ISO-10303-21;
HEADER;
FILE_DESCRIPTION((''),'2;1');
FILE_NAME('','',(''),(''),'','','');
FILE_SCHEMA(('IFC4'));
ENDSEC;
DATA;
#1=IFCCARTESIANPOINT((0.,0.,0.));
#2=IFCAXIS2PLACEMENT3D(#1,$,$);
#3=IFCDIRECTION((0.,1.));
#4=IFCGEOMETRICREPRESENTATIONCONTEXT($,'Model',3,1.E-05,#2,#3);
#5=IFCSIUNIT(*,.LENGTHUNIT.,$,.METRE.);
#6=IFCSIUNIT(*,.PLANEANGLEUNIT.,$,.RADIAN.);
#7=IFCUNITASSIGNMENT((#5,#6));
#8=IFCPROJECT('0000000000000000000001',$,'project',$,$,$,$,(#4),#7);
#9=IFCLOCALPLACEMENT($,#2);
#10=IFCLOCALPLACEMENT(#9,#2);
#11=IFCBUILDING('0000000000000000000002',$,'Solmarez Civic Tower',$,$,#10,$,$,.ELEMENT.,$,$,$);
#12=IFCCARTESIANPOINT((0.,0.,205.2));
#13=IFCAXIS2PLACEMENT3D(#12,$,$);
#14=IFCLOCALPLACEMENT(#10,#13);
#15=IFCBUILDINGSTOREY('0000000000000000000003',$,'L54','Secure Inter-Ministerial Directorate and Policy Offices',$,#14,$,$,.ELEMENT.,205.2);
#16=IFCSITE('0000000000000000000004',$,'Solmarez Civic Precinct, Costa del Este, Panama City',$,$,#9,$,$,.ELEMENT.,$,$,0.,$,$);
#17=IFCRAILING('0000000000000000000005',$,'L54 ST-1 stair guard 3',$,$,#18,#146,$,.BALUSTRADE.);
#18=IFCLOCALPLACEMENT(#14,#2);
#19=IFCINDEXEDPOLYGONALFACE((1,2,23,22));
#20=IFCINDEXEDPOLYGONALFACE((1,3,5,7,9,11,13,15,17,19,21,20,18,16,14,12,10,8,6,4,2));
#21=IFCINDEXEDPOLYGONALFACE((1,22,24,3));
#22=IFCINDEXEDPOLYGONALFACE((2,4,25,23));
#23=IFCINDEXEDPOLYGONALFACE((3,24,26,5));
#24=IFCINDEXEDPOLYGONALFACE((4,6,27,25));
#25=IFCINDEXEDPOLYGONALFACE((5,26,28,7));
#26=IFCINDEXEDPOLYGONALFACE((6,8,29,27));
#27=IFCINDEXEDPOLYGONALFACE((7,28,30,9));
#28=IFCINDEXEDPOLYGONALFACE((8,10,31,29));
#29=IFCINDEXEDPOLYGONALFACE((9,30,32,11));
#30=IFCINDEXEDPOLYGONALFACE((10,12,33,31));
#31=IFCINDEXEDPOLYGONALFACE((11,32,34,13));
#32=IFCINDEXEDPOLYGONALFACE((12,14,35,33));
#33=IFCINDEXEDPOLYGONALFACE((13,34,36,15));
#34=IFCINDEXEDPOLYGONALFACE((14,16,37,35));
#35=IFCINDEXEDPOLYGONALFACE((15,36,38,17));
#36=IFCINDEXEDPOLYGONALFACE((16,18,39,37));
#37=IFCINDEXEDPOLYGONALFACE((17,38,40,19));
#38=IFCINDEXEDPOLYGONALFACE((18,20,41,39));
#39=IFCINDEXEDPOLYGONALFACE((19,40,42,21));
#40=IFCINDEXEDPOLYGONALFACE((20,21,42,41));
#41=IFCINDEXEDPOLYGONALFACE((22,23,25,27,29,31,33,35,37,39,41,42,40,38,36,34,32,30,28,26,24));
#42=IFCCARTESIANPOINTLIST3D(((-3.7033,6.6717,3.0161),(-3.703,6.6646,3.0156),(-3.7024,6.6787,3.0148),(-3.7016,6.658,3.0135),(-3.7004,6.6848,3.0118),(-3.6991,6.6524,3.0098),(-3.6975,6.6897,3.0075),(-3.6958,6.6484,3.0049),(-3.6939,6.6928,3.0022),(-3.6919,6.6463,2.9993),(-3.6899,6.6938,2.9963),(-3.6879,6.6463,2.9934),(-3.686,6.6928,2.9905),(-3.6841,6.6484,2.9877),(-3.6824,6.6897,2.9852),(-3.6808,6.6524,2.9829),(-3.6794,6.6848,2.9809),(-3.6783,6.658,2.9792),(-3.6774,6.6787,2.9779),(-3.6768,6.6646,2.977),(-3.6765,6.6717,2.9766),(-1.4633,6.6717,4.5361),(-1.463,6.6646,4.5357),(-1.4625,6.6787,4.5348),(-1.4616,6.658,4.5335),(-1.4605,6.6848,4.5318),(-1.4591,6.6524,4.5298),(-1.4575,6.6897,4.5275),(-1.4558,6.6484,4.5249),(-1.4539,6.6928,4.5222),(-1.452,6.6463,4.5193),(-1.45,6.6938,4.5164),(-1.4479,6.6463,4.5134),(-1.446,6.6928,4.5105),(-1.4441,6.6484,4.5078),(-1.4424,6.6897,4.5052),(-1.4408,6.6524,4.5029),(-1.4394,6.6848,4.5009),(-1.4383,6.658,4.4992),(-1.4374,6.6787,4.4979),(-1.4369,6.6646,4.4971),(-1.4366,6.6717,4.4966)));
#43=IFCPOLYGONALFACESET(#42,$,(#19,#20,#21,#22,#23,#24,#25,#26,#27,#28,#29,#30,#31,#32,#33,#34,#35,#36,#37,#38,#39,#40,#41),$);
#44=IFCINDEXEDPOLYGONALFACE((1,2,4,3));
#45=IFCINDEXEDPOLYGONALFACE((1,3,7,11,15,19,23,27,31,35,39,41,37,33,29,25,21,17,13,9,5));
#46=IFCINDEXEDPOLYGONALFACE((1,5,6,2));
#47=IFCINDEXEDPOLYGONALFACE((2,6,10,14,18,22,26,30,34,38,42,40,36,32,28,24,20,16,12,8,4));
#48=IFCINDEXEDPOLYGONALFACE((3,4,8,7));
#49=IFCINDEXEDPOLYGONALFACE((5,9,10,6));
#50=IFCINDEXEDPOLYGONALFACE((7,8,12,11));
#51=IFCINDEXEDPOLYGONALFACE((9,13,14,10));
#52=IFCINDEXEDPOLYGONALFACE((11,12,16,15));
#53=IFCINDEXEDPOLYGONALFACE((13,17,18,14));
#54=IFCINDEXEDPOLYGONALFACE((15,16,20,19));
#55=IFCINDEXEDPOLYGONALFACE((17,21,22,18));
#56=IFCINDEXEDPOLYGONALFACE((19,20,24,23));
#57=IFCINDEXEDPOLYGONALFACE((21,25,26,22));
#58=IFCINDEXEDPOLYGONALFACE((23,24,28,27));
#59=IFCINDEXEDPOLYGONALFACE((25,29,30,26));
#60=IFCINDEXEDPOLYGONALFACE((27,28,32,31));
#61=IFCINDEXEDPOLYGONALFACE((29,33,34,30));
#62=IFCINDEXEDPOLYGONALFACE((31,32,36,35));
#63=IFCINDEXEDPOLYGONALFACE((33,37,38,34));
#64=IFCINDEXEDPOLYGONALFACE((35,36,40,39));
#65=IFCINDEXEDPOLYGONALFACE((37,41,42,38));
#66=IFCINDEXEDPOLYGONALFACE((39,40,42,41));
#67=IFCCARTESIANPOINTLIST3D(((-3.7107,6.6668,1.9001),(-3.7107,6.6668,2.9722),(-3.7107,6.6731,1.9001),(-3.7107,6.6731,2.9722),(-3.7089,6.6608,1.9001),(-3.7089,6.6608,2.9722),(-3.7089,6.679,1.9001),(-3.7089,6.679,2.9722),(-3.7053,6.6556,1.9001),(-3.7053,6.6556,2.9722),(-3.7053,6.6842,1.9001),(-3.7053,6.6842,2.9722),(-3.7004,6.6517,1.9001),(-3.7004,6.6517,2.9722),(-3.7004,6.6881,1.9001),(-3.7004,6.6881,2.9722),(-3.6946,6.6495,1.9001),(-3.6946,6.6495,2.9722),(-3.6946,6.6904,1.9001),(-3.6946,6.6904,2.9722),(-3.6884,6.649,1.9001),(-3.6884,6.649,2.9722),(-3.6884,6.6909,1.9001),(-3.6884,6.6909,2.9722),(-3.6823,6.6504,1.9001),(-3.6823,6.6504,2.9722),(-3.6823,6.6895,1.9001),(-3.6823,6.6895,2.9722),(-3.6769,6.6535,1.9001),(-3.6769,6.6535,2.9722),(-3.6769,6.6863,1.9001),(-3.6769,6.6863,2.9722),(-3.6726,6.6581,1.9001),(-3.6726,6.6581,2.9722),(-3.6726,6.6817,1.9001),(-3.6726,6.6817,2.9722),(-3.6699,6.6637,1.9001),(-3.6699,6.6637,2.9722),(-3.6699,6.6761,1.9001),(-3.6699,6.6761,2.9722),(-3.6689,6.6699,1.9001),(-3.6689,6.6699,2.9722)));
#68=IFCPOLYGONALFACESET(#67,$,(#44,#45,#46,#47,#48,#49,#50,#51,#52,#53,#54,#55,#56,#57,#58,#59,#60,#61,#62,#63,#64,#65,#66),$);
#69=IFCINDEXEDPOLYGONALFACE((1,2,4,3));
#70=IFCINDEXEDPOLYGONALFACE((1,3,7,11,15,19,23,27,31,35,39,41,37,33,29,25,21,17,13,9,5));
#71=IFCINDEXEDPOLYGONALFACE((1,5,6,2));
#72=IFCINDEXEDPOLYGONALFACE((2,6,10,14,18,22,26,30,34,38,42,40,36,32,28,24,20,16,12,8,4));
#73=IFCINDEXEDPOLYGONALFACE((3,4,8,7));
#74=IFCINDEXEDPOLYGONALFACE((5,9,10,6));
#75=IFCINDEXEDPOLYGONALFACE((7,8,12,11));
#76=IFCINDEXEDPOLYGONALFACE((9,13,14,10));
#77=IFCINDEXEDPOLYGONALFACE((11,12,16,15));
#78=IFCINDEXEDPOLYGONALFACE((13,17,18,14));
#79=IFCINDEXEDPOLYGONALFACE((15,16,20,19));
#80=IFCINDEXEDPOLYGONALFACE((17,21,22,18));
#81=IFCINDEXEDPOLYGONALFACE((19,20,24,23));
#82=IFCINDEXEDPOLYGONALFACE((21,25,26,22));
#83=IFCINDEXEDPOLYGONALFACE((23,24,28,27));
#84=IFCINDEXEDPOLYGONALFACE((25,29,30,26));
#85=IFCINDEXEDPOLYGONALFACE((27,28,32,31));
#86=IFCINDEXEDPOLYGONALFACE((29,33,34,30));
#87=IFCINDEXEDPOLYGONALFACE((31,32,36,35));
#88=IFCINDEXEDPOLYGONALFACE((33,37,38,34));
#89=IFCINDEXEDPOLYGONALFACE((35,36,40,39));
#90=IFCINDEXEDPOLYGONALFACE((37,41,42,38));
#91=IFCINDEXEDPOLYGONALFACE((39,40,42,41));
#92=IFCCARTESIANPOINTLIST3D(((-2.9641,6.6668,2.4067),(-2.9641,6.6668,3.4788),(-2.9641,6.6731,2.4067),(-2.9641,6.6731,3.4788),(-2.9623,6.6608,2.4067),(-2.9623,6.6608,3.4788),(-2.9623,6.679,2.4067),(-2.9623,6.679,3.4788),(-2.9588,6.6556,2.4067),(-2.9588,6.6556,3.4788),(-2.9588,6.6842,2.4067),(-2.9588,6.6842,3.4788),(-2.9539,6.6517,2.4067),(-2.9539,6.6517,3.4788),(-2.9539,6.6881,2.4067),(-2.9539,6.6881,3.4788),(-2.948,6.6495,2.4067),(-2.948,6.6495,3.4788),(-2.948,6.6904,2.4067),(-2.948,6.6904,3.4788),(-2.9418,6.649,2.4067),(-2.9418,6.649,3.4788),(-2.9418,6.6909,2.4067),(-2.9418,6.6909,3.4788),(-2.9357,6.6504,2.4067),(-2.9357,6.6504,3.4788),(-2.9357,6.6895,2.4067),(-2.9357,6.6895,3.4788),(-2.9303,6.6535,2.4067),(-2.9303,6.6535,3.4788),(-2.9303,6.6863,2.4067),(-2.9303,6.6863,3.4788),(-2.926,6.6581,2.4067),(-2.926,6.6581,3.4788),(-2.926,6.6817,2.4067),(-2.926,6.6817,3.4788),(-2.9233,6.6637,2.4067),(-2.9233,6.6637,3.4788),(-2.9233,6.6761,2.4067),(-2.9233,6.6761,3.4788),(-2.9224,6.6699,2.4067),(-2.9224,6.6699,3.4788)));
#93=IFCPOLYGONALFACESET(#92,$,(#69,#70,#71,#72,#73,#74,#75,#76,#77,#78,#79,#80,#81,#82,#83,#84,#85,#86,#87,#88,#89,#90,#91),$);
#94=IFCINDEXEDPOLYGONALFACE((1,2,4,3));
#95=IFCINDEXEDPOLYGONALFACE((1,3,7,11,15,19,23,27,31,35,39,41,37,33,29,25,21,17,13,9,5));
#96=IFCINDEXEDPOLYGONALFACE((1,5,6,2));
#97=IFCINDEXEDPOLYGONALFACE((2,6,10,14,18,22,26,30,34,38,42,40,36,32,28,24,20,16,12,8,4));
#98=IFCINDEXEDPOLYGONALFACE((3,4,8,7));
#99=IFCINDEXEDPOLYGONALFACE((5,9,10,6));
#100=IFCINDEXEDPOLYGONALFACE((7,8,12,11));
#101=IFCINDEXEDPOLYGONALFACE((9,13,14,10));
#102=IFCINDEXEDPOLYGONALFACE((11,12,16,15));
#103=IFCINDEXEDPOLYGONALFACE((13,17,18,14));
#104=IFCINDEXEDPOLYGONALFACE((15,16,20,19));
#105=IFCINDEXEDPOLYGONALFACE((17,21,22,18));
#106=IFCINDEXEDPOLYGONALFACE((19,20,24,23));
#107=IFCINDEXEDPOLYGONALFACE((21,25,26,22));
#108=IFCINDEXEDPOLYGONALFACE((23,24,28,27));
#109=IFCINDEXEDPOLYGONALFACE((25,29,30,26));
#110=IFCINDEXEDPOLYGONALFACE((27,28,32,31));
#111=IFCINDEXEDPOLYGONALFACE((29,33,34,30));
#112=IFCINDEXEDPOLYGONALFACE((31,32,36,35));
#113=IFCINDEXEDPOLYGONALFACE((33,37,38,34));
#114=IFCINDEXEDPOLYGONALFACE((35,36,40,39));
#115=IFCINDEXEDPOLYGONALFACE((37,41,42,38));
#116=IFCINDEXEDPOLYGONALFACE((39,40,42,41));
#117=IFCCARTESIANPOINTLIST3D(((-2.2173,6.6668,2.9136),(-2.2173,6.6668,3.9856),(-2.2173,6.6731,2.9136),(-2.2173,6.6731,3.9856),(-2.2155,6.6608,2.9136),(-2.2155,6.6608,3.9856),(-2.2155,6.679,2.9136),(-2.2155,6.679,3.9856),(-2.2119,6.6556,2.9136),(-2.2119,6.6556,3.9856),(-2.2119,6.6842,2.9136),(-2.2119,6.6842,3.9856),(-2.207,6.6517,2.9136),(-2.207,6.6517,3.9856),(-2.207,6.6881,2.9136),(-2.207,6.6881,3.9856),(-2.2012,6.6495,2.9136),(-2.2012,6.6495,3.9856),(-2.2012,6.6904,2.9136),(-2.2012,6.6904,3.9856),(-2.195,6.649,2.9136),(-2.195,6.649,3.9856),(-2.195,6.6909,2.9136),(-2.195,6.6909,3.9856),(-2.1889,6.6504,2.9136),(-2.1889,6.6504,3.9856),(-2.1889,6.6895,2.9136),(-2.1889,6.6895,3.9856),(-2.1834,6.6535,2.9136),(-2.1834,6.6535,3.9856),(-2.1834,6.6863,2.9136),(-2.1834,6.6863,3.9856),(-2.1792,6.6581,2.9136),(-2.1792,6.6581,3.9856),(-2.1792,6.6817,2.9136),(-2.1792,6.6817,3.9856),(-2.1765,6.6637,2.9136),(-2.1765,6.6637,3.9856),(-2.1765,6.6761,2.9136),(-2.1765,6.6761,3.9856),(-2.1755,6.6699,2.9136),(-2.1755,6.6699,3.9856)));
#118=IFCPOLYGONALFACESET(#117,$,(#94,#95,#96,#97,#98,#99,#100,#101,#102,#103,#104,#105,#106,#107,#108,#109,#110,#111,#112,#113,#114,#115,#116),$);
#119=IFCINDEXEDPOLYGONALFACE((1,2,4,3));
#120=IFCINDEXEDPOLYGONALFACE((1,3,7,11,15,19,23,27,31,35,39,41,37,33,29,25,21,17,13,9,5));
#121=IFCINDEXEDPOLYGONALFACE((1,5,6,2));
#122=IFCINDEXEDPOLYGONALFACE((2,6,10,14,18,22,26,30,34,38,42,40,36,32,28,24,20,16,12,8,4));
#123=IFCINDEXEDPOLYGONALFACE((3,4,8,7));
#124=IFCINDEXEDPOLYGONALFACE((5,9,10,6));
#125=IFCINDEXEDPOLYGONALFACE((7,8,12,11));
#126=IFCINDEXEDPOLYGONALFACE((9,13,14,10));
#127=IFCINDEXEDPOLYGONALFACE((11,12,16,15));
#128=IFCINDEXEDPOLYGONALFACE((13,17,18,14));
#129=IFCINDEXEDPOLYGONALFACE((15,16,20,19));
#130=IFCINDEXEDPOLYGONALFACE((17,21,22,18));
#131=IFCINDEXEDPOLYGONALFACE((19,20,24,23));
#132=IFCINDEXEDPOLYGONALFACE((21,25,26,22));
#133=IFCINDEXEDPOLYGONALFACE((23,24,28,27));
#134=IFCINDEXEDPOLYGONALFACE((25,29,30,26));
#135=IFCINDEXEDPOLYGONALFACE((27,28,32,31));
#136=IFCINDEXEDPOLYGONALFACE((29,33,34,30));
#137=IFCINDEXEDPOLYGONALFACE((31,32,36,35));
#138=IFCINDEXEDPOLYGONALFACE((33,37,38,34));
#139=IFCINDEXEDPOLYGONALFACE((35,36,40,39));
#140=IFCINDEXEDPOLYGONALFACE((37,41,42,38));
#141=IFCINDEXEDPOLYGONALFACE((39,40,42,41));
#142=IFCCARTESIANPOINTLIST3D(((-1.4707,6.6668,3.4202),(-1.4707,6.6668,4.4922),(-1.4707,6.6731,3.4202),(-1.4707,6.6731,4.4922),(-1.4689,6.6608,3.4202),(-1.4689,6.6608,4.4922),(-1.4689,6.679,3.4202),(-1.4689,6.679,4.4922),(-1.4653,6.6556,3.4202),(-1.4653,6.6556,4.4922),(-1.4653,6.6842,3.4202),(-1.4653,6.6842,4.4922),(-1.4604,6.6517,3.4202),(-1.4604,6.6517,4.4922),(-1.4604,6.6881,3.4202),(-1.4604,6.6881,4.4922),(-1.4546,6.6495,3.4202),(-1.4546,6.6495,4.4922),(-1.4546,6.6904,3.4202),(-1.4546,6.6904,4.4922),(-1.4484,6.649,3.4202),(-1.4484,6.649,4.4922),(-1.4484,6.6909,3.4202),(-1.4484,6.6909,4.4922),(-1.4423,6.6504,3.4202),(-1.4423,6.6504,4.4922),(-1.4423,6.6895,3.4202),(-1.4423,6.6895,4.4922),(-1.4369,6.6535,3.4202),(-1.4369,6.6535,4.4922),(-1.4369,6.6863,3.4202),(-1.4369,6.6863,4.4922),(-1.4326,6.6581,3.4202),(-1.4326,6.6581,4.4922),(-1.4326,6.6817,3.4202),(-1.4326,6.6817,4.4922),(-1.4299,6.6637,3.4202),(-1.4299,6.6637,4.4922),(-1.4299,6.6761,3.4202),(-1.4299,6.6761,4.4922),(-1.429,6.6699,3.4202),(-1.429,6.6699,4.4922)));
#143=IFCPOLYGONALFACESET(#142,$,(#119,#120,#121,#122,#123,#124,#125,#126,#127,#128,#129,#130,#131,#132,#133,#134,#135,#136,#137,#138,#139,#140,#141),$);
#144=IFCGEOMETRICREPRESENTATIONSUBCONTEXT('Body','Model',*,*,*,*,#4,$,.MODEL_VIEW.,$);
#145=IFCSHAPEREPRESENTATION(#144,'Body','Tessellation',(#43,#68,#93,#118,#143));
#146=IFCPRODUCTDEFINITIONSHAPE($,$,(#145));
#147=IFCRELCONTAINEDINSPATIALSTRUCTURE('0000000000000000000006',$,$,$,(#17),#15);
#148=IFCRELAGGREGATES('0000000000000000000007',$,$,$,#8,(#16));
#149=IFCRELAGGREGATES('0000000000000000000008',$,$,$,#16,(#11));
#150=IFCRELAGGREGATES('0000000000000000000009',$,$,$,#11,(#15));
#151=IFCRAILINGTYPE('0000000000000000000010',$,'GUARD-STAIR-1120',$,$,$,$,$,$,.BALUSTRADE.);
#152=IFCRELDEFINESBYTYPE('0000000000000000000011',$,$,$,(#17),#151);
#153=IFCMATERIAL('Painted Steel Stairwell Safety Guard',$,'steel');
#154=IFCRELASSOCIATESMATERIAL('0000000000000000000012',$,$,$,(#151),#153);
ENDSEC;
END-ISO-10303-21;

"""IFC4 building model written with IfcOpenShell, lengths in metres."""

from ifc_helpers import new_model, si_unit, direction, frame, origin, origin_2d, place, context, subcontext, project, spatial, circle, extrude, material, type_object, element, save


model = new_model("IFC4")

# Units and contexts
model_context = context("Model", 3, precision=1e-05, world=origin(), true_north=direction((0.0, 1.0)))
body_context = subcontext(model_context, "Body", "Model", "MODEL_VIEW")
ifc_project = project(units=[si_unit("LENGTHUNIT", "METRE"), si_unit("PLANEANGLEUNIT", "RADIAN")], contexts=[model_context])

# Site, building, storey
site_placement = place(None, origin())
site = spatial("IfcSite", under=ifc_project, at=site_placement, Name="Solmarez Civic Precinct, Costa del Este, Panama City", CompositionType="ELEMENT", RefElevation=0.0)
building_placement = place(site_placement, origin())
building = spatial("IfcBuilding", under=site, at=building_placement, Name="Solmarez Civic Tower", CompositionType="ELEMENT")
storey_placement = place(building_placement, frame((0.0, 0.0, 205.2)))
storey = spatial("IfcBuildingStorey", under=building, at=storey_placement, Name="L54", Description="Secure Inter-Ministerial Directorate and Policy Offices", CompositionType="ELEMENT", Elevation=205.2)

# Railing
ifc_material_1 = material(Name="Painted Steel Stairwell Safety Guard", Category="steel")
railing_type_1 = type_object("IfcRailingType", Name="GUARD-STAIR-1120", PredefinedType="BALUSTRADE", material=ifc_material_1)
railing_1_placement = place(storey_placement, frame((-3.6899, 6.6699, 1.9001)))
element("IfcRailing", 1, at=railing_1_placement, inside=storey, type_object=railing_type_1, Name="L54 ST-1 stair guard 3", PredefinedType="BALUSTRADE", context=body_context, shape_type="SweptSolid", body=[
    extrude(circle(Radius=0.0239, at=origin_2d()), frame((0.0, 0.0, 1.0962), z_axis=(0.827471, 0.0, 0.561508), x_axis=(0.0, 1.0, 0.0)), (0.0, 0.0, 1.0), 2.707),
    extrude(circle(Radius=0.021, at=origin_2d()), origin(), (0.0, 0.0, 1.0), 1.072),
    extrude(circle(Radius=0.021, at=origin_2d()), frame((0.7466, 0.0, 0.5066)), (0.0, 0.0, 1.0), 1.072),
    extrude(circle(Radius=0.021, at=origin_2d()), frame((1.4934, 0.0, 1.0134)), (0.0, 0.0, 1.0), 1.072),
    extrude(circle(Radius=0.021, at=origin_2d()), frame((2.24, 0.0, 1.52)), (0.0, 0.0, 1.0), 1.072),
])

save(model, "model.ifc")
